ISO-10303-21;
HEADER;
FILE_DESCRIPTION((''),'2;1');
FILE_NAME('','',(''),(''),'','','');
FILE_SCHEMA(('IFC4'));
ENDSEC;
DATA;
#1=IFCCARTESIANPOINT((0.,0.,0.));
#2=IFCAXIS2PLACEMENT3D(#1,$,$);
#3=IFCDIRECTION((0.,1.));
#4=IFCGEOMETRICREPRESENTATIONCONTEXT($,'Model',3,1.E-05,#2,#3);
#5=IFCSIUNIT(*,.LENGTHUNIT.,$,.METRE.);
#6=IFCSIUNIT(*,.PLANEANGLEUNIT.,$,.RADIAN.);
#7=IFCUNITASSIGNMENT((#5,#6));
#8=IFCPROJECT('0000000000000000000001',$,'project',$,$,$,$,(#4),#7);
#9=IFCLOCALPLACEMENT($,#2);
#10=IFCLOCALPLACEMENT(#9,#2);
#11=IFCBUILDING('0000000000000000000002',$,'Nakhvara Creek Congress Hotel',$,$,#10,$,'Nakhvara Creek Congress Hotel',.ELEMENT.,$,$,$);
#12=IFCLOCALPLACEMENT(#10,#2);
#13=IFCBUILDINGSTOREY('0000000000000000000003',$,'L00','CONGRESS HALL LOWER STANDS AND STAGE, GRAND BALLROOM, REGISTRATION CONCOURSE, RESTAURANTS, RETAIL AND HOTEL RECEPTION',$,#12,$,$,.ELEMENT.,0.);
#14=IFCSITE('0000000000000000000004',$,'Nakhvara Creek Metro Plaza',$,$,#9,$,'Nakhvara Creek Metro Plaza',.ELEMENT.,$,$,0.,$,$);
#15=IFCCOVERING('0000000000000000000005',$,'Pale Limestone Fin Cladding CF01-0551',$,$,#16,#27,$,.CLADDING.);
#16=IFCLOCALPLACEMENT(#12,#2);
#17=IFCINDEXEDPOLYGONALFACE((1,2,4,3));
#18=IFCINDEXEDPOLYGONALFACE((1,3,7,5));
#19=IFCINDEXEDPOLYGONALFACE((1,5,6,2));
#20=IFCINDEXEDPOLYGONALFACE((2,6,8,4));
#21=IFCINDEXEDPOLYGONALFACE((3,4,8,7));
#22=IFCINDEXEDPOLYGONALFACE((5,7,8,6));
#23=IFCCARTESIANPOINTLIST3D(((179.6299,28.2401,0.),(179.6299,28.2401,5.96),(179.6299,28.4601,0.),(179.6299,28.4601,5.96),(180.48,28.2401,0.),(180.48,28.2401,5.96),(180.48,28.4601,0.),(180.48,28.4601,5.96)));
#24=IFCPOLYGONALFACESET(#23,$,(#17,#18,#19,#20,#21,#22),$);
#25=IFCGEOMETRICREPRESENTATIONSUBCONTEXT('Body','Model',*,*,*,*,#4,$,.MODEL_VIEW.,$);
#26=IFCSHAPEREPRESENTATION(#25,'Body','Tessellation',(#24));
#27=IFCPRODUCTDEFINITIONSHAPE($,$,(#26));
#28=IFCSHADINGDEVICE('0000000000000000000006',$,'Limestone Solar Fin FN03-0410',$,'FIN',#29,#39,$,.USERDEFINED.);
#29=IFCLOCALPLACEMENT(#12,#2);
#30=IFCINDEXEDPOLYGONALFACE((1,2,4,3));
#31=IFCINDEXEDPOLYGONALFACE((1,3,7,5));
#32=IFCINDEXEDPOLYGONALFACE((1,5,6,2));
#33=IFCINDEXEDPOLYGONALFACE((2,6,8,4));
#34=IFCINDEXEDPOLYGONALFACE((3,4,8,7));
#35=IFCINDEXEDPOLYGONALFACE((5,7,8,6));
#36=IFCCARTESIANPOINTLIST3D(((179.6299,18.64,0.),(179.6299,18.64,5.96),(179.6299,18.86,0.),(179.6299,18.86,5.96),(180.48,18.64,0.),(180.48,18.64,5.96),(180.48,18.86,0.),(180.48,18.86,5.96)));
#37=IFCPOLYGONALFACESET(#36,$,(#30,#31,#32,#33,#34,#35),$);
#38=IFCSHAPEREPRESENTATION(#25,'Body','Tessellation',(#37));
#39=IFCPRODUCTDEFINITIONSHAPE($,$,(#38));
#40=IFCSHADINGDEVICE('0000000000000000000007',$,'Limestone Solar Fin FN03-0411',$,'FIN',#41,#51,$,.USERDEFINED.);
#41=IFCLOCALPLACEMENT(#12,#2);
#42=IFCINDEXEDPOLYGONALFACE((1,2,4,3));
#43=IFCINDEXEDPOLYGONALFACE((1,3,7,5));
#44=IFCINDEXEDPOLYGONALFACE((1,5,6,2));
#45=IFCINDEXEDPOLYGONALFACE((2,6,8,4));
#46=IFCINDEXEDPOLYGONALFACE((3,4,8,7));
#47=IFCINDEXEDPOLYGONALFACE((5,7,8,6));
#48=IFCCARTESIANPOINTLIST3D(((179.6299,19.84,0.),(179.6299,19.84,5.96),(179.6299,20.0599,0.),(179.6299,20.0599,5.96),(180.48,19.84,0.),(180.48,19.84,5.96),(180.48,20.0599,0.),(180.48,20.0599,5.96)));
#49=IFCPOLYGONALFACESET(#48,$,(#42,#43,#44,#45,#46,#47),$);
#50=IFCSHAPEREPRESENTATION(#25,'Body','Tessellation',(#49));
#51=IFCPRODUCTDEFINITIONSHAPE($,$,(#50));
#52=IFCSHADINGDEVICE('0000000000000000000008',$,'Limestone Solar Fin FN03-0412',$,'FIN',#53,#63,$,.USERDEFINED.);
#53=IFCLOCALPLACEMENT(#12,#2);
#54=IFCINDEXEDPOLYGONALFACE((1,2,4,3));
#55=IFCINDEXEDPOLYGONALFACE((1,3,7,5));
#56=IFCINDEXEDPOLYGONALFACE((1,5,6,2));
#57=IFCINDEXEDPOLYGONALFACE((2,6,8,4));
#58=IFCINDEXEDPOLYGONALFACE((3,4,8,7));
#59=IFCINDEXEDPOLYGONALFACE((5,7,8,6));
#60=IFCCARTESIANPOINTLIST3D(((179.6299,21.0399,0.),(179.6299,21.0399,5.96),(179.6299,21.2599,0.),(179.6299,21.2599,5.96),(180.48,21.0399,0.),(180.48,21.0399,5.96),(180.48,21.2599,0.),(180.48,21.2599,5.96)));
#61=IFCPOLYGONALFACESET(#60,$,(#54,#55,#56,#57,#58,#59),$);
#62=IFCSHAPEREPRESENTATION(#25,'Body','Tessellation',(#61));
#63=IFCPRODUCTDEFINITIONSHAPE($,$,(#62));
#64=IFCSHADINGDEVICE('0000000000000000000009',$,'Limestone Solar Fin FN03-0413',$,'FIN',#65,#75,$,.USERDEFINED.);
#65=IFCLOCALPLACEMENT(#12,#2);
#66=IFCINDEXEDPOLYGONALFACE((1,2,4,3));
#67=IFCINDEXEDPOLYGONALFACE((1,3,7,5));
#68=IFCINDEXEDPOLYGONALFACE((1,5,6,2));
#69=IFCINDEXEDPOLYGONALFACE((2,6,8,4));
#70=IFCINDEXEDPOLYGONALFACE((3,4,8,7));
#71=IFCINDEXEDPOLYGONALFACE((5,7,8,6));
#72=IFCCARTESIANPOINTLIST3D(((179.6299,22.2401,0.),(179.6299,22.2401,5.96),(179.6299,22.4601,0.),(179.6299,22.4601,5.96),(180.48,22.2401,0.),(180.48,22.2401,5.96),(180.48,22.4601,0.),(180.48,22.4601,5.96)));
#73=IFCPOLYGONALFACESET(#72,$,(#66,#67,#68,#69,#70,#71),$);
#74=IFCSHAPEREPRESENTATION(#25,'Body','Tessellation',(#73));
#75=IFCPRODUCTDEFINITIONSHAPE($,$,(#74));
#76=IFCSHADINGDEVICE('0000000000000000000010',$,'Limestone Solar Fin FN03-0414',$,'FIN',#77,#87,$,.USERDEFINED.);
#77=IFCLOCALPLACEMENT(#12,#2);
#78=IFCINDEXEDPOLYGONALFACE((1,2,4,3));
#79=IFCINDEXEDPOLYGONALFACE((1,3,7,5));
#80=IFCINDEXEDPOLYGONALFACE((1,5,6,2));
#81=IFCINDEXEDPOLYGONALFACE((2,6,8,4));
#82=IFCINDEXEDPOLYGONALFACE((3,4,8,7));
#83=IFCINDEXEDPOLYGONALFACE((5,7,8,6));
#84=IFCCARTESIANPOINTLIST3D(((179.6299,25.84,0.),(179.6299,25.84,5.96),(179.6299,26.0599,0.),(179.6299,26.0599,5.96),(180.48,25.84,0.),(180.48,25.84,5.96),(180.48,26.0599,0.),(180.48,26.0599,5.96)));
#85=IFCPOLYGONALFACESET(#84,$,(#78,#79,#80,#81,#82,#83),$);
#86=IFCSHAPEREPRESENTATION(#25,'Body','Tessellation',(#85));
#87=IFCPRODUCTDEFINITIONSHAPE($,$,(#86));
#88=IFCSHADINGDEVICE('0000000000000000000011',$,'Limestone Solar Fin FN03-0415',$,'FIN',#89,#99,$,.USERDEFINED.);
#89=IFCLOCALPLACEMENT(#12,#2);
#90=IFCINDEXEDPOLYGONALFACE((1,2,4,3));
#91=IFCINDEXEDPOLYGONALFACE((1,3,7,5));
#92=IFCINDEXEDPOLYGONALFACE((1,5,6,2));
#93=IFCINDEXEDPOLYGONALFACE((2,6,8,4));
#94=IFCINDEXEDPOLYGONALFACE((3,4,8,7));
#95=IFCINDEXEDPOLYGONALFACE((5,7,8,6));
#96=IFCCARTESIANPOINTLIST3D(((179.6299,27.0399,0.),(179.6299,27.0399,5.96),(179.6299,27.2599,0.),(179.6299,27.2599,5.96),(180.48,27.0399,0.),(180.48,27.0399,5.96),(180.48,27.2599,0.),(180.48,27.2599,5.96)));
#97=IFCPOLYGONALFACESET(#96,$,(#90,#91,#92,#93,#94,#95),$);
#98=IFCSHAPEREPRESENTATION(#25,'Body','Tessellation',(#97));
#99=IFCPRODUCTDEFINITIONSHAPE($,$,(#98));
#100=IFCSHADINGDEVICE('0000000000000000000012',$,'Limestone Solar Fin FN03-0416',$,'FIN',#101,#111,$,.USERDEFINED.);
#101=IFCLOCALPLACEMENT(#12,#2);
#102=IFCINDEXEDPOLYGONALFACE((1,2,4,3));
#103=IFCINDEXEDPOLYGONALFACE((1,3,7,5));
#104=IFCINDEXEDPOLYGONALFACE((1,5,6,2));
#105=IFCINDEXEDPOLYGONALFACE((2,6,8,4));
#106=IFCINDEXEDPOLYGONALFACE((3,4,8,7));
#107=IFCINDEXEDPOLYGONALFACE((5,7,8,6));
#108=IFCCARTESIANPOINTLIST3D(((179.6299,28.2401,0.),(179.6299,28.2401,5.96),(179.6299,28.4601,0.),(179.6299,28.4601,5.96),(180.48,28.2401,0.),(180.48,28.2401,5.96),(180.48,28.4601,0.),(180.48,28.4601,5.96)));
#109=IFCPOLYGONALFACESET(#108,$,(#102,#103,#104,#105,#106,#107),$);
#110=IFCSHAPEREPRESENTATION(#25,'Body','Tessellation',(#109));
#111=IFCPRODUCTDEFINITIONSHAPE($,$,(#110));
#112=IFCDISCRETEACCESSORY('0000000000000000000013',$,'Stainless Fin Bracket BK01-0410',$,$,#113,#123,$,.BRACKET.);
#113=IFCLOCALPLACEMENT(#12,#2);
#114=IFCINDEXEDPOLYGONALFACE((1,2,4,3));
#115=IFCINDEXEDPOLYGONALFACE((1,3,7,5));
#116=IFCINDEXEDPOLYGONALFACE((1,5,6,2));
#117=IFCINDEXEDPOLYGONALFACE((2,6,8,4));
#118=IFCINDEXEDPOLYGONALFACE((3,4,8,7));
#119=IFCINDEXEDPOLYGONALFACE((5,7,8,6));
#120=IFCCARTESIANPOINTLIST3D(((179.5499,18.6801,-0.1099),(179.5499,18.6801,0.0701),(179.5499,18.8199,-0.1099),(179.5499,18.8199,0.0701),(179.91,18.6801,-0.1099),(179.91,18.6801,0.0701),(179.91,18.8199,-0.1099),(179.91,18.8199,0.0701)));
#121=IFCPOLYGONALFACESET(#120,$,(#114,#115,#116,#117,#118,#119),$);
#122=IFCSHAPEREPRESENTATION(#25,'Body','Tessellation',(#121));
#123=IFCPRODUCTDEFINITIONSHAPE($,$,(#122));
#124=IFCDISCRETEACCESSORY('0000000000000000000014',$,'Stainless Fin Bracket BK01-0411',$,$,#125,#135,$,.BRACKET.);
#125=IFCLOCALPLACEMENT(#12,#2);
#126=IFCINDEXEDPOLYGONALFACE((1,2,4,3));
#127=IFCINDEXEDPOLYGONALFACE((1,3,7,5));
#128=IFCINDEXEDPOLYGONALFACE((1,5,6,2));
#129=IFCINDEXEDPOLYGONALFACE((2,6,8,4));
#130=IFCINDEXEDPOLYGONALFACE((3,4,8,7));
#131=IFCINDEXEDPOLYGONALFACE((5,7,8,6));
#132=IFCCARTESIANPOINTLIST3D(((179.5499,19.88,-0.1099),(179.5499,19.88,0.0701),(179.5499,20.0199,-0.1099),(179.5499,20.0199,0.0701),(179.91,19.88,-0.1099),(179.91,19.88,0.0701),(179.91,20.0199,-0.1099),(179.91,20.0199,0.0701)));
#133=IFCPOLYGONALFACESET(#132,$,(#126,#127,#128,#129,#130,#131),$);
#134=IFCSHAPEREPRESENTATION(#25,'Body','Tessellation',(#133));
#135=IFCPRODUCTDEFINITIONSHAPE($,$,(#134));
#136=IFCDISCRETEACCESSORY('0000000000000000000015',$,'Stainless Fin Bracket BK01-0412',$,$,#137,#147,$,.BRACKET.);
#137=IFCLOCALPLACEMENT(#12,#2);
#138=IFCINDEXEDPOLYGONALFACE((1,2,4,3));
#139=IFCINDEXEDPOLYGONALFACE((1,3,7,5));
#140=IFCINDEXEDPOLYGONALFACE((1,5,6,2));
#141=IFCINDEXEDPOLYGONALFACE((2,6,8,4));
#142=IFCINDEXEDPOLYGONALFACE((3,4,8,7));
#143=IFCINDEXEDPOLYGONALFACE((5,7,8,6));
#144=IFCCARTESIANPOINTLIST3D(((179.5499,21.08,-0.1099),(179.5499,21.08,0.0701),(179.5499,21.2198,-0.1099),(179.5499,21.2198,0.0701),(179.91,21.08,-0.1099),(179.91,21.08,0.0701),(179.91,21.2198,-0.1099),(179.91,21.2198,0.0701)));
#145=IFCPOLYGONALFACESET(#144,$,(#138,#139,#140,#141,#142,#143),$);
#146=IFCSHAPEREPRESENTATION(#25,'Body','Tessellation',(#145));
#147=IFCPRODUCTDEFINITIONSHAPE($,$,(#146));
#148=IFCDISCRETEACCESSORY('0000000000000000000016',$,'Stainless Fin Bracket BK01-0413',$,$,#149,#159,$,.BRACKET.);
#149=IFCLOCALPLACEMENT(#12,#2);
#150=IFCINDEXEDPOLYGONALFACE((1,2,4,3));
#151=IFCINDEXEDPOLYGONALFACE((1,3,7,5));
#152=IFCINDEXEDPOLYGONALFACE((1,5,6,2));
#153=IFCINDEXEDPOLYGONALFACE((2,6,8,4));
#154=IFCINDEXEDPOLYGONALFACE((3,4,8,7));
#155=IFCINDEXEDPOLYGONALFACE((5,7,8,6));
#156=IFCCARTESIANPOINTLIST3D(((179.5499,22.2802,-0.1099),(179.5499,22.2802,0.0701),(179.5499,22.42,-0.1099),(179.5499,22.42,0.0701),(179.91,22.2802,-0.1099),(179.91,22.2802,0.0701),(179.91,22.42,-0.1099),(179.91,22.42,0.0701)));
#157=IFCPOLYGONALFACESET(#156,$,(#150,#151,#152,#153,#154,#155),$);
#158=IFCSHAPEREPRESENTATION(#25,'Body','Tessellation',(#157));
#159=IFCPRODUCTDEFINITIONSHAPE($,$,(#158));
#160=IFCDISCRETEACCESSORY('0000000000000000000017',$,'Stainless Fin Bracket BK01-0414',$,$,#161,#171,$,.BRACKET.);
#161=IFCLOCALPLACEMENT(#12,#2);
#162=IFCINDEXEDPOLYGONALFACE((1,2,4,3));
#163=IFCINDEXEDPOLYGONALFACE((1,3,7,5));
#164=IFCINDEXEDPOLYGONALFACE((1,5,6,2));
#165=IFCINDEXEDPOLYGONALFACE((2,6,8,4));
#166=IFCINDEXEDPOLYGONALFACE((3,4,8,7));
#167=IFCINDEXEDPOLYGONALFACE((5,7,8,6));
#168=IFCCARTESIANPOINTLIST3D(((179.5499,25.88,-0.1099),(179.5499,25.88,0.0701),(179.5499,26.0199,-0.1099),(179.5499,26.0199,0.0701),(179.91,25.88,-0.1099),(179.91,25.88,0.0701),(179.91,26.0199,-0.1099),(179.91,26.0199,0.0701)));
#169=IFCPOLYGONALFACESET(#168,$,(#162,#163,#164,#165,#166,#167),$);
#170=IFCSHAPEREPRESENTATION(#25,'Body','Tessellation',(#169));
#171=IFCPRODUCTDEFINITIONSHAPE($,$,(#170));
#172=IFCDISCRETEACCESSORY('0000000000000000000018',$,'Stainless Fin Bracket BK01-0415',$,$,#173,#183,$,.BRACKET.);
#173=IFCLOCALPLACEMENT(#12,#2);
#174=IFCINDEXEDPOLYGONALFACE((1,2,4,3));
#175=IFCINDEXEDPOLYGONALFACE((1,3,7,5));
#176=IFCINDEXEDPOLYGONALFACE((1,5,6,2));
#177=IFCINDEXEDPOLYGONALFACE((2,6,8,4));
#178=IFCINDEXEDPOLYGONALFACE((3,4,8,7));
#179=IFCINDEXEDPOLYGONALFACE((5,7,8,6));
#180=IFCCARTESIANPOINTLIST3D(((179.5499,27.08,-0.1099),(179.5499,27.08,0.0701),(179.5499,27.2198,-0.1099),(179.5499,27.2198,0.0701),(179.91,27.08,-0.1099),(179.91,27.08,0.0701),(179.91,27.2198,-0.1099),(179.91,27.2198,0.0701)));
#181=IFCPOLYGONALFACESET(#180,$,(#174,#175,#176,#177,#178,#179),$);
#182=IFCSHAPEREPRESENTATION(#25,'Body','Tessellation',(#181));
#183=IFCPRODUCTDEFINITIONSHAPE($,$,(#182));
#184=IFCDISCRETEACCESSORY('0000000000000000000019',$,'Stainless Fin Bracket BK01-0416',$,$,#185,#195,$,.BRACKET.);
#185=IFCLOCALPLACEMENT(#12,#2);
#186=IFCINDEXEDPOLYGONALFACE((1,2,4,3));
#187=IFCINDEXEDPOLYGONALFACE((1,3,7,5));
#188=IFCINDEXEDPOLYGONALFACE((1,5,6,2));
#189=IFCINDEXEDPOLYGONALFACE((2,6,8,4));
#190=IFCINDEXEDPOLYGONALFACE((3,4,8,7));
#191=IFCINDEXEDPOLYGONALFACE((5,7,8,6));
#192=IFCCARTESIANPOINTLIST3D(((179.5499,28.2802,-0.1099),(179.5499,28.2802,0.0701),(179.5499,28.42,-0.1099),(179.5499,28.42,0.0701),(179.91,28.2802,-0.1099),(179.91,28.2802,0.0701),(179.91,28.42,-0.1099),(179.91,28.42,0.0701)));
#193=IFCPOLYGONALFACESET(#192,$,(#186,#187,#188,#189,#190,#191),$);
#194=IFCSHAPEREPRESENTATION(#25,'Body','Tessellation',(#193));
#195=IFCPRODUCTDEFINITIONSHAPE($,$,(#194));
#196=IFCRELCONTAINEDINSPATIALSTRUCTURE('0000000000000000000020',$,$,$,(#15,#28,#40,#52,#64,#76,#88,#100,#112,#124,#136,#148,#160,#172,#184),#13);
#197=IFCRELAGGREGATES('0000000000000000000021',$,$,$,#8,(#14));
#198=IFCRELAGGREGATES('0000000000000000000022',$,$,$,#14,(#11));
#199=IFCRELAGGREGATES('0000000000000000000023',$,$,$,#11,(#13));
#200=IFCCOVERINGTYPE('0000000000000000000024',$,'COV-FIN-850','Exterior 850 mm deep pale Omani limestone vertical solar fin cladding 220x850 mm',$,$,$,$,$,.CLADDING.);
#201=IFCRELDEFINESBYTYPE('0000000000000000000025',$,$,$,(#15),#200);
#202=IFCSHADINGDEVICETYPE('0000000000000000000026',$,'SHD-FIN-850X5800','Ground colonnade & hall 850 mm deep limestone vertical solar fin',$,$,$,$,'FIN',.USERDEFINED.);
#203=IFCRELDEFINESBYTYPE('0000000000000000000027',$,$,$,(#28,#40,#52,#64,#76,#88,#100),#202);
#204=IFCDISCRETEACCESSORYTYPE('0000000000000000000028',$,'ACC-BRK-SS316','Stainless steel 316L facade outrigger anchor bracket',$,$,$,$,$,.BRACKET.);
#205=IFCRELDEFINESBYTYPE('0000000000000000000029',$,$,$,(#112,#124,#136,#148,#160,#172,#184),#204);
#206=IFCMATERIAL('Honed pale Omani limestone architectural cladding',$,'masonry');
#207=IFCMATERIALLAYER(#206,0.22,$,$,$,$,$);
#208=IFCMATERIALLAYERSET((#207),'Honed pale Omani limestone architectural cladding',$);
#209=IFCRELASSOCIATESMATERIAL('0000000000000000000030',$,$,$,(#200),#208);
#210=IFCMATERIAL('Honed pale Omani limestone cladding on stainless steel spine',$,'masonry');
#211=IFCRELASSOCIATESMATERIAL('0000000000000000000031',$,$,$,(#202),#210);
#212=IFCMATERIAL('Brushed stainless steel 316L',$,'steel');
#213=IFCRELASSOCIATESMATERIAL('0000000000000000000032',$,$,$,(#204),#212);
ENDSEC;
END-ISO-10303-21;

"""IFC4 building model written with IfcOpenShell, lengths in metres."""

from ifc_helpers import new_model, si_unit, direction, frame, origin, origin_2d, place, context, subcontext, project, spatial, rectangle, extrude, material, layer, layer_set, type_object, element, save


model = new_model("IFC4")

# Units and contexts
model_context = context("Model", 3, precision=1e-05, world=origin(), true_north=direction((0.0, 1.0)))
body_context = subcontext(model_context, "Body", "Model", "MODEL_VIEW")
ifc_project = project(units=[si_unit("LENGTHUNIT", "METRE"), si_unit("PLANEANGLEUNIT", "RADIAN")], contexts=[model_context])

# Site, building, storey
site_placement = place(None, origin())
site = spatial("IfcSite", under=ifc_project, at=site_placement, Name="Nakhvara Creek Metro Plaza", LongName="Nakhvara Creek Metro Plaza", CompositionType="ELEMENT", RefElevation=0.0)
building_placement = place(site_placement, origin())
building = spatial("IfcBuilding", under=site, at=building_placement, Name="Nakhvara Creek Congress Hotel", LongName="Nakhvara Creek Congress Hotel", CompositionType="ELEMENT")
storey_placement = place(building_placement, origin())
storey = spatial("IfcBuildingStorey", under=building, at=storey_placement, Name="L00", Description="CONGRESS HALL LOWER STANDS AND STAGE, GRAND BALLROOM, REGISTRATION CONCOURSE, RESTAURANTS, RETAIL AND HOTEL RECEPTION", CompositionType="ELEMENT", Elevation=0.0)

# Covering
ifc_material_1 = material(Name="Honed pale Omani limestone architectural cladding", Category="masonry")
ifc_layer = layer(ifc_material_1, 0.22)
ifc_layer_set = layer_set([ifc_layer], Name="Honed pale Omani limestone architectural cladding")
covering_type = type_object("IfcCoveringType", Name="COV-FIN-850", Description="Exterior 850 mm deep pale Omani limestone vertical solar fin cladding 220x850 mm", PredefinedType="CLADDING", material=ifc_layer_set)
for number, where, z_axis, x_axis, name in (
    (1, (180.0549, 28.3501, 0.0), (0.0, 0.0, 1.0), (0.0, 1.0, 0.0), "Pale Limestone Fin Cladding CF01-0551"),
):
    element("IfcCovering", number, at=place(storey_placement, frame(where, z_axis=z_axis, x_axis=x_axis)), inside=storey, type_object=covering_type, Name=name, PredefinedType="CLADDING", context=body_context, shape_type="SweptSolid", body=[
        extrude(rectangle(XDim=0.22, YDim=0.8501, at=origin_2d()), origin(), (0.0, 0.0, 1.0), 5.96),
    ])

# Shading devices
ifc_material_2 = material(Name="Honed pale Omani limestone cladding on stainless steel spine", Category="masonry")
shading_device_type = type_object("IfcShadingDeviceType", Name="SHD-FIN-850X5800", Description="Ground colonnade & hall 850 mm deep limestone vertical solar fin", ElementType="FIN", PredefinedType="USERDEFINED", material=ifc_material_2)
for number, where, z_axis, x_axis, name in (
    (2, (180.0549, 18.75, 0.0), (0.0, 0.0, 1.0), (0.0, 1.0, 0.0), "Limestone Solar Fin FN03-0410"),
    (3, (180.0549, 19.95, 0.0), (0.0, 0.0, 1.0), (0.0, 1.0, 0.0), "Limestone Solar Fin FN03-0411"),
    (4, (180.0549, 21.1499, 0.0), (0.0, 0.0, 1.0), (0.0, 1.0, 0.0), "Limestone Solar Fin FN03-0412"),
    (5, (180.0549, 22.3501, 0.0), (0.0, 0.0, 1.0), (0.0, 1.0, 0.0), "Limestone Solar Fin FN03-0413"),
    (6, (180.0549, 25.95, 0.0), (0.0, 0.0, 1.0), (0.0, 1.0, 0.0), "Limestone Solar Fin FN03-0414"),
    (7, (180.0549, 27.1499, 0.0), (0.0, 0.0, 1.0), (0.0, 1.0, 0.0), "Limestone Solar Fin FN03-0415"),
    (8, (180.0549, 28.3501, 0.0), (0.0, 0.0, 1.0), (0.0, 1.0, 0.0), "Limestone Solar Fin FN03-0416"),
):
    element("IfcShadingDevice", number, at=place(storey_placement, frame(where, z_axis=z_axis, x_axis=x_axis)), inside=storey, type_object=shading_device_type, Name=name, ObjectType="FIN", PredefinedType="USERDEFINED", context=body_context, shape_type="SweptSolid", body=[
        extrude(rectangle(XDim=0.22, YDim=0.8501, at=origin_2d()), origin(), (0.0, 0.0, 1.0), 5.96),
    ])

# Discrete accessories
ifc_material_3 = material(Name="Brushed stainless steel 316L", Category="steel")
discrete_accessory_type = type_object("IfcDiscreteAccessoryType", Name="ACC-BRK-SS316", Description="Stainless steel 316L facade outrigger anchor bracket", PredefinedType="BRACKET", material=ifc_material_3)
for number, where, z_axis, x_axis, name in (
    (9, (179.73, 18.75, -0.1099), (0.0, 0.0, 1.0), (0.0, 1.0, 0.0), "Stainless Fin Bracket BK01-0410"),
    (10, (179.73, 19.95, -0.1099), (0.0, 0.0, 1.0), (0.0, 1.0, 0.0), "Stainless Fin Bracket BK01-0411"),
    (11, (179.73, 21.1499, -0.1099), (0.0, 0.0, 1.0), (0.0, 1.0, 0.0), "Stainless Fin Bracket BK01-0412"),
    (12, (179.73, 22.3501, -0.1099), (0.0, 0.0, 1.0), (0.0, 1.0, 0.0), "Stainless Fin Bracket BK01-0413"),
    (13, (179.73, 25.95, -0.1099), (0.0, 0.0, 1.0), (0.0, 1.0, 0.0), "Stainless Fin Bracket BK01-0414"),
    (14, (179.73, 27.1499, -0.1099), (0.0, 0.0, 1.0), (0.0, 1.0, 0.0), "Stainless Fin Bracket BK01-0415"),
    (15, (179.73, 28.3501, -0.1099), (0.0, 0.0, 1.0), (0.0, 1.0, 0.0), "Stainless Fin Bracket BK01-0416"),
):
    element("IfcDiscreteAccessory", number, at=place(storey_placement, frame(where, z_axis=z_axis, x_axis=x_axis)), inside=storey, type_object=discrete_accessory_type, Name=name, PredefinedType="BRACKET", context=body_context, shape_type="SweptSolid", body=[
        extrude(rectangle(XDim=0.1399, YDim=0.3601, at=origin_2d()), origin(), (0.0, 0.0, 1.0), 0.1799),
    ])

save(model, "model.ifc")
